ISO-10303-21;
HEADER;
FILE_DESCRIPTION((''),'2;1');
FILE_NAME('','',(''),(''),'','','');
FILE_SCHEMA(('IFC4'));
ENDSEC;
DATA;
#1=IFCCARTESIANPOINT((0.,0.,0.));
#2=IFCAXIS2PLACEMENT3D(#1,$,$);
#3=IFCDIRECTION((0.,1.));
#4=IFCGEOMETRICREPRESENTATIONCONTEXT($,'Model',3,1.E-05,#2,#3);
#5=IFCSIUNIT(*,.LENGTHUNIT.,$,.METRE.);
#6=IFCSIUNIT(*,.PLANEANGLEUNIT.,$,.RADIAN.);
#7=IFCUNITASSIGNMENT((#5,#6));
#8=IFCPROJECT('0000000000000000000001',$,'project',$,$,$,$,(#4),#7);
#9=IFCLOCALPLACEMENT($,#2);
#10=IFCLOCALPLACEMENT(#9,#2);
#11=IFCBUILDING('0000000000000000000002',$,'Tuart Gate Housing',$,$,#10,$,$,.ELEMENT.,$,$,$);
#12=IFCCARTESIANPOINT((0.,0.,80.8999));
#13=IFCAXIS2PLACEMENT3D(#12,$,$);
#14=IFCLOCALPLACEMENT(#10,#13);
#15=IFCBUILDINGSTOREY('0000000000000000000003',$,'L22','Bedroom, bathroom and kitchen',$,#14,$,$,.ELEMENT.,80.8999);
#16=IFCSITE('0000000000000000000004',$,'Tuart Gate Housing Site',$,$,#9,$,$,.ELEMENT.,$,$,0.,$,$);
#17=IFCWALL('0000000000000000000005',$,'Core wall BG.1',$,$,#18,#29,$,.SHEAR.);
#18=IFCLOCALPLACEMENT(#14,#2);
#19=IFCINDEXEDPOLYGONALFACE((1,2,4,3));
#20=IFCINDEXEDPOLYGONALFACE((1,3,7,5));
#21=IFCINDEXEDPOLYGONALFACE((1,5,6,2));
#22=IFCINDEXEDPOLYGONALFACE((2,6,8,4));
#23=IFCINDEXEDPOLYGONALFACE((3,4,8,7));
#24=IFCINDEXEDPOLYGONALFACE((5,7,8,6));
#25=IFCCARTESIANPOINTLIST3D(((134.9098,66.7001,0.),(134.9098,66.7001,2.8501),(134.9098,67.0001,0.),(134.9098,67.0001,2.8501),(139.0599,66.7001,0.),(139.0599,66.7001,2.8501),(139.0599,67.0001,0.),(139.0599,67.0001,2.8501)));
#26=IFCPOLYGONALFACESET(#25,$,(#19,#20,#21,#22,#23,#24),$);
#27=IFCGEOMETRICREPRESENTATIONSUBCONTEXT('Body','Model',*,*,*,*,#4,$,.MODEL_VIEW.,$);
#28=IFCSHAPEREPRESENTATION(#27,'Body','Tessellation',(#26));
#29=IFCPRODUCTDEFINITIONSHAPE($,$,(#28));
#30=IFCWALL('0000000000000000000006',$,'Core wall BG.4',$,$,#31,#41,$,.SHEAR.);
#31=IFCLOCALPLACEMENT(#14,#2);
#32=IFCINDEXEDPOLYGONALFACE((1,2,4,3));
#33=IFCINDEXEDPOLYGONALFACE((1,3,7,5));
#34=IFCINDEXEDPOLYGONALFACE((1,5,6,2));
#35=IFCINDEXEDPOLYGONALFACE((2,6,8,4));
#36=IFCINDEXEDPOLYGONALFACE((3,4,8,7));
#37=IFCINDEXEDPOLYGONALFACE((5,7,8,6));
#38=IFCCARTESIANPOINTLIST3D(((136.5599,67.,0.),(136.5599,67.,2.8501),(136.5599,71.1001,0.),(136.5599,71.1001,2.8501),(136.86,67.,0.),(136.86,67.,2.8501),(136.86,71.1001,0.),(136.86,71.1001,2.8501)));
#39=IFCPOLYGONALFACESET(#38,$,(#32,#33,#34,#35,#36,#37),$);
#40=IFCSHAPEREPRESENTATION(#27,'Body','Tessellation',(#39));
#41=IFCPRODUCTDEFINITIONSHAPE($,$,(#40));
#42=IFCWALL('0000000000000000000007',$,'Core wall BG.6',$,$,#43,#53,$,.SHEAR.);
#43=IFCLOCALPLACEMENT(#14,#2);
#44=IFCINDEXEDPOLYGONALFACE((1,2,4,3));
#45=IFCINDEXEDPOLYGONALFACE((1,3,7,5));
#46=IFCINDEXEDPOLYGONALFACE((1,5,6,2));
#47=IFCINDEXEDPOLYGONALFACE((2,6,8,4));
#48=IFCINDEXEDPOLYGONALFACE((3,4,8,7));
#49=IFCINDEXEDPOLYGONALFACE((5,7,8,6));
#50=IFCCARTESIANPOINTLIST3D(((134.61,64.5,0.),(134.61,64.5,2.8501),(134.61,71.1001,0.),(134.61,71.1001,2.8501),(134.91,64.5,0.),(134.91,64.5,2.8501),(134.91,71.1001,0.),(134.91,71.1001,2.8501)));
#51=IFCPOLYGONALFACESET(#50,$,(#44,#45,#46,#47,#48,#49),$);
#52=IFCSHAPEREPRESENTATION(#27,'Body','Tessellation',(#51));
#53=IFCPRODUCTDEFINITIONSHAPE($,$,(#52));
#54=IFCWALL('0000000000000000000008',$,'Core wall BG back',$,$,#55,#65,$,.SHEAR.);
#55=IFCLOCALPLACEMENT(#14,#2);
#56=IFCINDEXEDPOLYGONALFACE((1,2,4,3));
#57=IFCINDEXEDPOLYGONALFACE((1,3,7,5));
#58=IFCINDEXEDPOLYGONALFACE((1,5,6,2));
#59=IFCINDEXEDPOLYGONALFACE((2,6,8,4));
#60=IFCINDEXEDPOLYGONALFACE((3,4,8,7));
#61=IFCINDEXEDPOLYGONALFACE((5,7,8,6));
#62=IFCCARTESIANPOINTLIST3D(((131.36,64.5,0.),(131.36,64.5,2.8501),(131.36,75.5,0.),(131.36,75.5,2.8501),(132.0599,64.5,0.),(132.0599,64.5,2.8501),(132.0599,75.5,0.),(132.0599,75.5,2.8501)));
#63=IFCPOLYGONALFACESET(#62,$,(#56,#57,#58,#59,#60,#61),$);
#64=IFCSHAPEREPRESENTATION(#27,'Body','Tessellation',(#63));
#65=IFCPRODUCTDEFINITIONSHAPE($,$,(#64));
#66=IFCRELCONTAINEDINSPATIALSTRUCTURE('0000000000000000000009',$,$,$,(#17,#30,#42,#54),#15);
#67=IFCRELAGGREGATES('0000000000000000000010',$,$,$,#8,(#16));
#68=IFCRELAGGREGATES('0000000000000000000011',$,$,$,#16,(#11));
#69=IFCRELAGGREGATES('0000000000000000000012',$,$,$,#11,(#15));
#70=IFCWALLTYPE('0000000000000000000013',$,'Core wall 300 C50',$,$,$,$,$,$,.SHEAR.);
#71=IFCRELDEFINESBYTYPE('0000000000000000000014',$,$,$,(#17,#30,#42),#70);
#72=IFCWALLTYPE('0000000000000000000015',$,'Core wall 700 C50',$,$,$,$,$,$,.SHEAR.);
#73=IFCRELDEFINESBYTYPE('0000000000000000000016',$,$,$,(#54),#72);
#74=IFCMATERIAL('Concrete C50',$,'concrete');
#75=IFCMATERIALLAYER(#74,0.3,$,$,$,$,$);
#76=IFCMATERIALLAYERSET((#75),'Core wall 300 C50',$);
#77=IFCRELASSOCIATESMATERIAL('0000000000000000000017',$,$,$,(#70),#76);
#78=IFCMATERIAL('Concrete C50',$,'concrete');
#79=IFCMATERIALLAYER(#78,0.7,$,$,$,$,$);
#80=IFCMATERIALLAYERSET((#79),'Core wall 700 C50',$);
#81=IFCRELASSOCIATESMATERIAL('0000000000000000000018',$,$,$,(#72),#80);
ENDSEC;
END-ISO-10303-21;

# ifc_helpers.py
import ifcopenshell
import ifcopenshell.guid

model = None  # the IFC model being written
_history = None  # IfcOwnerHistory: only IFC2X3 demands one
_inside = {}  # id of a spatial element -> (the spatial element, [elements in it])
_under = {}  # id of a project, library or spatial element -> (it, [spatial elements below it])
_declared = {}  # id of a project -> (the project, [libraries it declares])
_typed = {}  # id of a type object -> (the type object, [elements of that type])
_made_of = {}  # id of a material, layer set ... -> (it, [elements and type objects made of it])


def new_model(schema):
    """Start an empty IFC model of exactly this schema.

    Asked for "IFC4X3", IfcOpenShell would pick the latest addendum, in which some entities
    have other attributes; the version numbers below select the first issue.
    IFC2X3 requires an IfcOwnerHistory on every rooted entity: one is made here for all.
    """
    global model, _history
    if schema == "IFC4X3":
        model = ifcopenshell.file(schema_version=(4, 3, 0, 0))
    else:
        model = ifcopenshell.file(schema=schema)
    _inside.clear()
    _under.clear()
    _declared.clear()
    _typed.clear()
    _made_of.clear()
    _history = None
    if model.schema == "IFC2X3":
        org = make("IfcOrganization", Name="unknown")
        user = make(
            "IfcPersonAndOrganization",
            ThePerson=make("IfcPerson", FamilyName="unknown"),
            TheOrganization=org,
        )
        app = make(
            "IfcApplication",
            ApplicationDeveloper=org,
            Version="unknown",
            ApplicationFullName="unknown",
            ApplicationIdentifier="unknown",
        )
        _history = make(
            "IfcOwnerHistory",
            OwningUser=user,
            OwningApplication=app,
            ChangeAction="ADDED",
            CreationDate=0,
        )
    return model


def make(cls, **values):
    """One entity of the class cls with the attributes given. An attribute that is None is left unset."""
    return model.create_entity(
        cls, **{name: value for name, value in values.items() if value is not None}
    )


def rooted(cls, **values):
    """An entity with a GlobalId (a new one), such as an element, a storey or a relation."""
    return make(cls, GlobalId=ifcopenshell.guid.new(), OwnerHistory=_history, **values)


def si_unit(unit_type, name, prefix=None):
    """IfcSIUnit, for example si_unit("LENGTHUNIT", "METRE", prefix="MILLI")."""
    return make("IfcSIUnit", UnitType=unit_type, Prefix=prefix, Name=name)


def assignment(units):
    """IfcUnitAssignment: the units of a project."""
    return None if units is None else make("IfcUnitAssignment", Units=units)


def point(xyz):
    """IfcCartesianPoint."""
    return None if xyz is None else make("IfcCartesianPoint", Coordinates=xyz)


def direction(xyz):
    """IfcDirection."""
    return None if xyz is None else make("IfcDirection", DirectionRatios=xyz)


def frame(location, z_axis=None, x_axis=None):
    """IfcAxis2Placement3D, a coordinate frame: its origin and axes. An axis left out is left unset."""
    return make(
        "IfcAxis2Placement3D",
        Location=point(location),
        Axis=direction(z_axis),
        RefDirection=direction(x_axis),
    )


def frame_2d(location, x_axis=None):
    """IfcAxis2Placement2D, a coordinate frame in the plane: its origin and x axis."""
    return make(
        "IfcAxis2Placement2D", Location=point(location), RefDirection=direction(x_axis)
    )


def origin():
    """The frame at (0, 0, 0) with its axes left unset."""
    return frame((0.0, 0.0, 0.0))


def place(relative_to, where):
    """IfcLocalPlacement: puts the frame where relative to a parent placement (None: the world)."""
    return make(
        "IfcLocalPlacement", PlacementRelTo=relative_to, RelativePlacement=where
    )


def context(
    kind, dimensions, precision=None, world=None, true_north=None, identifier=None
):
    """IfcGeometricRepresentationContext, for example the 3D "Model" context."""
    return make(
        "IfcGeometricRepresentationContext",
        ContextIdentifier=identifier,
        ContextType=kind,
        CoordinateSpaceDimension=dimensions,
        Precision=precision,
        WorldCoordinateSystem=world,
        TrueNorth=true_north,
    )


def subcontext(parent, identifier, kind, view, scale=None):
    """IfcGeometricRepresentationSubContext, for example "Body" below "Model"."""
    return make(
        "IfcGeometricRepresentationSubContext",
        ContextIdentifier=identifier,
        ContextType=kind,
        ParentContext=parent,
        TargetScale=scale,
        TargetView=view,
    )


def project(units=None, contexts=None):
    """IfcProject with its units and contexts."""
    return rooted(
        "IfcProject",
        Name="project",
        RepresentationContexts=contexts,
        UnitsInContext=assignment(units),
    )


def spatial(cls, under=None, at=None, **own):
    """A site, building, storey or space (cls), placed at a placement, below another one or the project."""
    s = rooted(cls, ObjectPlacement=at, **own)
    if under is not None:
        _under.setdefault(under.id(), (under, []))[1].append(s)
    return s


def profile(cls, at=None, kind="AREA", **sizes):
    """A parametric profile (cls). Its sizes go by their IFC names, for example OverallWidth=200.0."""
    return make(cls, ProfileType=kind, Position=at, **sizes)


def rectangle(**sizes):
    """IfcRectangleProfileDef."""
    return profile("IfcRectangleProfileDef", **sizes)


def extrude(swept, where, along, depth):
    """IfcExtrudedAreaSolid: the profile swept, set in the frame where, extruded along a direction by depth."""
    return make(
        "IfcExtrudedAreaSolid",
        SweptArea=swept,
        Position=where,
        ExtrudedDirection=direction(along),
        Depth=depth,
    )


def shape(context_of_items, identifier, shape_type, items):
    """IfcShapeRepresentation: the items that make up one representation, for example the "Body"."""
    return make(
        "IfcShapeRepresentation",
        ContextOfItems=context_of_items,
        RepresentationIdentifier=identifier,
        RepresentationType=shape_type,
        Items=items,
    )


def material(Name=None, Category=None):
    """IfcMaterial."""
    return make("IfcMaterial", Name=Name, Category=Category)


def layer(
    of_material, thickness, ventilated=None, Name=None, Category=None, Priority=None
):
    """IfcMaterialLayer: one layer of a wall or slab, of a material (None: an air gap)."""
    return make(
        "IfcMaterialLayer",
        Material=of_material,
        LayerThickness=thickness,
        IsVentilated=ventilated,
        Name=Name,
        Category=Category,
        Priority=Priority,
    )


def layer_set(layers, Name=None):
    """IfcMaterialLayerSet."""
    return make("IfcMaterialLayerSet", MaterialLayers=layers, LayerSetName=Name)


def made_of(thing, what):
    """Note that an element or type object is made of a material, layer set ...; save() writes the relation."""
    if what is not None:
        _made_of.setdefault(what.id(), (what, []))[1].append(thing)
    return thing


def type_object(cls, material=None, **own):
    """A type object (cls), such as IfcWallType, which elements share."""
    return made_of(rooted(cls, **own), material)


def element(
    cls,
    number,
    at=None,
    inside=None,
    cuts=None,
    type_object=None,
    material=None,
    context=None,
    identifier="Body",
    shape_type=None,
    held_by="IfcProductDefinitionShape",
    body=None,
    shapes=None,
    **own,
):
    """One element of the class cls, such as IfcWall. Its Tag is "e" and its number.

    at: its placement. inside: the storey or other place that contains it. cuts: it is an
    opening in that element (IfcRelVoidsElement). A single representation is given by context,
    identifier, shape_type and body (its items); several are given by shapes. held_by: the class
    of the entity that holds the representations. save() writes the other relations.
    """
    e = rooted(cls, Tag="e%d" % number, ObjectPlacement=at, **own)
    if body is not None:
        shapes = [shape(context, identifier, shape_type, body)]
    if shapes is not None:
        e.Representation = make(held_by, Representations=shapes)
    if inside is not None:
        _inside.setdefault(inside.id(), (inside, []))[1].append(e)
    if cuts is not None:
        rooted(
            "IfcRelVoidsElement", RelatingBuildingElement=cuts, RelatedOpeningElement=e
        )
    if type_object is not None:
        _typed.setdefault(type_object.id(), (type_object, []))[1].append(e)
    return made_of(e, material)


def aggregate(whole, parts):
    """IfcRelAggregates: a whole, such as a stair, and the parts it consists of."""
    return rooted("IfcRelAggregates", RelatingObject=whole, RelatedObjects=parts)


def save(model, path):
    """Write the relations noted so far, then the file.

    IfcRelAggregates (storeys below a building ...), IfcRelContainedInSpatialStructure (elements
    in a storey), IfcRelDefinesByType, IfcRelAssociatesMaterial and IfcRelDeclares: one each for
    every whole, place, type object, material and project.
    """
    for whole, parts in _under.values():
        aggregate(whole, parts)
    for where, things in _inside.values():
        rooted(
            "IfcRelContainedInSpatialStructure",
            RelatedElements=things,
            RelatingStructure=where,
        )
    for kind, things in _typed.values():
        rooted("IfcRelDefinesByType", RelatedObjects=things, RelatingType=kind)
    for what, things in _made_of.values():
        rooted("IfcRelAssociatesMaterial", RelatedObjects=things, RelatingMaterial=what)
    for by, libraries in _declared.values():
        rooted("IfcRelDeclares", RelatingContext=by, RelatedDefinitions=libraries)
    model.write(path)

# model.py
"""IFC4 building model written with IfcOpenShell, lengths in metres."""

from ifc_helpers import new_model, si_unit, direction, frame, frame_2d, origin, place, context, subcontext, project, spatial, rectangle, extrude, material, layer, layer_set, type_object, element, save


model = new_model("IFC4")

# Units and contexts
model_context = context("Model", 3, precision=1e-05, world=origin(), true_north=direction((0.0, 1.0)))
body_context = subcontext(model_context, "Body", "Model", "MODEL_VIEW")
ifc_project = project(units=[si_unit("LENGTHUNIT", "METRE"), si_unit("PLANEANGLEUNIT", "RADIAN")], contexts=[model_context])

# Site, building, storey
site_placement = place(None, origin())
site = spatial("IfcSite", under=ifc_project, at=site_placement, Name="Tuart Gate Housing Site", CompositionType="ELEMENT", RefElevation=0.0)
building_placement = place(site_placement, origin())
building = spatial("IfcBuilding", under=site, at=building_placement, Name="Tuart Gate Housing", CompositionType="ELEMENT")
storey_placement = place(building_placement, frame((0.0, 0.0, 80.8999)))
storey = spatial("IfcBuildingStorey", under=building, at=storey_placement, Name="L22", Description="Bedroom, bathroom and kitchen", CompositionType="ELEMENT", Elevation=80.8999)

# Walls
ifc_material_1 = material(Name="Concrete C50", Category="concrete")
ifc_layer_1 = layer(ifc_material_1, 0.3)
ifc_layer_set_1 = layer_set([ifc_layer_1], Name="Core wall 300 C50")
wall_type_1 = type_object("IfcWallType", Name="Core wall 300 C50", PredefinedType="SHEAR", material=ifc_layer_set_1)
wall_1_placement = place(storey_placement, frame((139.0601, 66.8501, 0.0), z_axis=(0.0, 0.0, 1.0), x_axis=(-1.0, 0.0, 0.0)))
element("IfcWall", 1, at=wall_1_placement, inside=storey, type_object=wall_type_1, Name="Core wall BG.1", PredefinedType="SHEAR", context=body_context, shape_type="SweptSolid", body=[
    extrude(rectangle(XDim=4.1501, YDim=0.3, at=frame_2d((2.0752, 0.0))), origin(), (0.0, 0.0, 1.0), 2.8501),
])
wall_2_placement = place(storey_placement, frame((136.71, 67.0, 0.0), z_axis=(0.0, 0.0, 1.0), x_axis=(0.0, 1.0, 0.0)))
element("IfcWall", 2, at=wall_2_placement, inside=storey, type_object=wall_type_1, Name="Core wall BG.4", PredefinedType="SHEAR", context=body_context, shape_type="SweptSolid", body=[
    extrude(rectangle(XDim=4.1001, YDim=0.3, at=frame_2d((2.05, 0.0))), origin(), (0.0, 0.0, 1.0), 2.8501),
])
wall_3_placement = place(storey_placement, frame((134.76, 64.5, 0.0), z_axis=(0.0, 0.0, 1.0), x_axis=(0.0, 1.0, 0.0)))
element("IfcWall", 3, at=wall_3_placement, inside=storey, type_object=wall_type_1, Name="Core wall BG.6", PredefinedType="SHEAR", context=body_context, shape_type="SweptSolid", body=[
    extrude(rectangle(XDim=6.6001, YDim=0.3, at=frame_2d((3.3, 0.0))), origin(), (0.0, 0.0, 1.0), 2.8501),
])
ifc_material_2 = material(Name="Concrete C50", Category="concrete")
ifc_layer_2 = layer(ifc_material_2, 0.7)
ifc_layer_set_2 = layer_set([ifc_layer_2], Name="Core wall 700 C50")
wall_type_2 = type_object("IfcWallType", Name="Core wall 700 C50", PredefinedType="SHEAR", material=ifc_layer_set_2)
wall_4_placement = place(storey_placement, frame((131.71, 64.5, 0.0), z_axis=(0.0, 0.0, 1.0), x_axis=(0.0, 1.0, 0.0)))
element("IfcWall", 4, at=wall_4_placement, inside=storey, type_object=wall_type_2, Name="Core wall BG back", PredefinedType="SHEAR", context=body_context, shape_type="SweptSolid", body=[
    extrude(rectangle(XDim=11.0, YDim=0.7, at=frame_2d((5.5, 0.0))), origin(), (0.0, 0.0, 1.0), 2.8501),
])

save(model, "model.ifc")
